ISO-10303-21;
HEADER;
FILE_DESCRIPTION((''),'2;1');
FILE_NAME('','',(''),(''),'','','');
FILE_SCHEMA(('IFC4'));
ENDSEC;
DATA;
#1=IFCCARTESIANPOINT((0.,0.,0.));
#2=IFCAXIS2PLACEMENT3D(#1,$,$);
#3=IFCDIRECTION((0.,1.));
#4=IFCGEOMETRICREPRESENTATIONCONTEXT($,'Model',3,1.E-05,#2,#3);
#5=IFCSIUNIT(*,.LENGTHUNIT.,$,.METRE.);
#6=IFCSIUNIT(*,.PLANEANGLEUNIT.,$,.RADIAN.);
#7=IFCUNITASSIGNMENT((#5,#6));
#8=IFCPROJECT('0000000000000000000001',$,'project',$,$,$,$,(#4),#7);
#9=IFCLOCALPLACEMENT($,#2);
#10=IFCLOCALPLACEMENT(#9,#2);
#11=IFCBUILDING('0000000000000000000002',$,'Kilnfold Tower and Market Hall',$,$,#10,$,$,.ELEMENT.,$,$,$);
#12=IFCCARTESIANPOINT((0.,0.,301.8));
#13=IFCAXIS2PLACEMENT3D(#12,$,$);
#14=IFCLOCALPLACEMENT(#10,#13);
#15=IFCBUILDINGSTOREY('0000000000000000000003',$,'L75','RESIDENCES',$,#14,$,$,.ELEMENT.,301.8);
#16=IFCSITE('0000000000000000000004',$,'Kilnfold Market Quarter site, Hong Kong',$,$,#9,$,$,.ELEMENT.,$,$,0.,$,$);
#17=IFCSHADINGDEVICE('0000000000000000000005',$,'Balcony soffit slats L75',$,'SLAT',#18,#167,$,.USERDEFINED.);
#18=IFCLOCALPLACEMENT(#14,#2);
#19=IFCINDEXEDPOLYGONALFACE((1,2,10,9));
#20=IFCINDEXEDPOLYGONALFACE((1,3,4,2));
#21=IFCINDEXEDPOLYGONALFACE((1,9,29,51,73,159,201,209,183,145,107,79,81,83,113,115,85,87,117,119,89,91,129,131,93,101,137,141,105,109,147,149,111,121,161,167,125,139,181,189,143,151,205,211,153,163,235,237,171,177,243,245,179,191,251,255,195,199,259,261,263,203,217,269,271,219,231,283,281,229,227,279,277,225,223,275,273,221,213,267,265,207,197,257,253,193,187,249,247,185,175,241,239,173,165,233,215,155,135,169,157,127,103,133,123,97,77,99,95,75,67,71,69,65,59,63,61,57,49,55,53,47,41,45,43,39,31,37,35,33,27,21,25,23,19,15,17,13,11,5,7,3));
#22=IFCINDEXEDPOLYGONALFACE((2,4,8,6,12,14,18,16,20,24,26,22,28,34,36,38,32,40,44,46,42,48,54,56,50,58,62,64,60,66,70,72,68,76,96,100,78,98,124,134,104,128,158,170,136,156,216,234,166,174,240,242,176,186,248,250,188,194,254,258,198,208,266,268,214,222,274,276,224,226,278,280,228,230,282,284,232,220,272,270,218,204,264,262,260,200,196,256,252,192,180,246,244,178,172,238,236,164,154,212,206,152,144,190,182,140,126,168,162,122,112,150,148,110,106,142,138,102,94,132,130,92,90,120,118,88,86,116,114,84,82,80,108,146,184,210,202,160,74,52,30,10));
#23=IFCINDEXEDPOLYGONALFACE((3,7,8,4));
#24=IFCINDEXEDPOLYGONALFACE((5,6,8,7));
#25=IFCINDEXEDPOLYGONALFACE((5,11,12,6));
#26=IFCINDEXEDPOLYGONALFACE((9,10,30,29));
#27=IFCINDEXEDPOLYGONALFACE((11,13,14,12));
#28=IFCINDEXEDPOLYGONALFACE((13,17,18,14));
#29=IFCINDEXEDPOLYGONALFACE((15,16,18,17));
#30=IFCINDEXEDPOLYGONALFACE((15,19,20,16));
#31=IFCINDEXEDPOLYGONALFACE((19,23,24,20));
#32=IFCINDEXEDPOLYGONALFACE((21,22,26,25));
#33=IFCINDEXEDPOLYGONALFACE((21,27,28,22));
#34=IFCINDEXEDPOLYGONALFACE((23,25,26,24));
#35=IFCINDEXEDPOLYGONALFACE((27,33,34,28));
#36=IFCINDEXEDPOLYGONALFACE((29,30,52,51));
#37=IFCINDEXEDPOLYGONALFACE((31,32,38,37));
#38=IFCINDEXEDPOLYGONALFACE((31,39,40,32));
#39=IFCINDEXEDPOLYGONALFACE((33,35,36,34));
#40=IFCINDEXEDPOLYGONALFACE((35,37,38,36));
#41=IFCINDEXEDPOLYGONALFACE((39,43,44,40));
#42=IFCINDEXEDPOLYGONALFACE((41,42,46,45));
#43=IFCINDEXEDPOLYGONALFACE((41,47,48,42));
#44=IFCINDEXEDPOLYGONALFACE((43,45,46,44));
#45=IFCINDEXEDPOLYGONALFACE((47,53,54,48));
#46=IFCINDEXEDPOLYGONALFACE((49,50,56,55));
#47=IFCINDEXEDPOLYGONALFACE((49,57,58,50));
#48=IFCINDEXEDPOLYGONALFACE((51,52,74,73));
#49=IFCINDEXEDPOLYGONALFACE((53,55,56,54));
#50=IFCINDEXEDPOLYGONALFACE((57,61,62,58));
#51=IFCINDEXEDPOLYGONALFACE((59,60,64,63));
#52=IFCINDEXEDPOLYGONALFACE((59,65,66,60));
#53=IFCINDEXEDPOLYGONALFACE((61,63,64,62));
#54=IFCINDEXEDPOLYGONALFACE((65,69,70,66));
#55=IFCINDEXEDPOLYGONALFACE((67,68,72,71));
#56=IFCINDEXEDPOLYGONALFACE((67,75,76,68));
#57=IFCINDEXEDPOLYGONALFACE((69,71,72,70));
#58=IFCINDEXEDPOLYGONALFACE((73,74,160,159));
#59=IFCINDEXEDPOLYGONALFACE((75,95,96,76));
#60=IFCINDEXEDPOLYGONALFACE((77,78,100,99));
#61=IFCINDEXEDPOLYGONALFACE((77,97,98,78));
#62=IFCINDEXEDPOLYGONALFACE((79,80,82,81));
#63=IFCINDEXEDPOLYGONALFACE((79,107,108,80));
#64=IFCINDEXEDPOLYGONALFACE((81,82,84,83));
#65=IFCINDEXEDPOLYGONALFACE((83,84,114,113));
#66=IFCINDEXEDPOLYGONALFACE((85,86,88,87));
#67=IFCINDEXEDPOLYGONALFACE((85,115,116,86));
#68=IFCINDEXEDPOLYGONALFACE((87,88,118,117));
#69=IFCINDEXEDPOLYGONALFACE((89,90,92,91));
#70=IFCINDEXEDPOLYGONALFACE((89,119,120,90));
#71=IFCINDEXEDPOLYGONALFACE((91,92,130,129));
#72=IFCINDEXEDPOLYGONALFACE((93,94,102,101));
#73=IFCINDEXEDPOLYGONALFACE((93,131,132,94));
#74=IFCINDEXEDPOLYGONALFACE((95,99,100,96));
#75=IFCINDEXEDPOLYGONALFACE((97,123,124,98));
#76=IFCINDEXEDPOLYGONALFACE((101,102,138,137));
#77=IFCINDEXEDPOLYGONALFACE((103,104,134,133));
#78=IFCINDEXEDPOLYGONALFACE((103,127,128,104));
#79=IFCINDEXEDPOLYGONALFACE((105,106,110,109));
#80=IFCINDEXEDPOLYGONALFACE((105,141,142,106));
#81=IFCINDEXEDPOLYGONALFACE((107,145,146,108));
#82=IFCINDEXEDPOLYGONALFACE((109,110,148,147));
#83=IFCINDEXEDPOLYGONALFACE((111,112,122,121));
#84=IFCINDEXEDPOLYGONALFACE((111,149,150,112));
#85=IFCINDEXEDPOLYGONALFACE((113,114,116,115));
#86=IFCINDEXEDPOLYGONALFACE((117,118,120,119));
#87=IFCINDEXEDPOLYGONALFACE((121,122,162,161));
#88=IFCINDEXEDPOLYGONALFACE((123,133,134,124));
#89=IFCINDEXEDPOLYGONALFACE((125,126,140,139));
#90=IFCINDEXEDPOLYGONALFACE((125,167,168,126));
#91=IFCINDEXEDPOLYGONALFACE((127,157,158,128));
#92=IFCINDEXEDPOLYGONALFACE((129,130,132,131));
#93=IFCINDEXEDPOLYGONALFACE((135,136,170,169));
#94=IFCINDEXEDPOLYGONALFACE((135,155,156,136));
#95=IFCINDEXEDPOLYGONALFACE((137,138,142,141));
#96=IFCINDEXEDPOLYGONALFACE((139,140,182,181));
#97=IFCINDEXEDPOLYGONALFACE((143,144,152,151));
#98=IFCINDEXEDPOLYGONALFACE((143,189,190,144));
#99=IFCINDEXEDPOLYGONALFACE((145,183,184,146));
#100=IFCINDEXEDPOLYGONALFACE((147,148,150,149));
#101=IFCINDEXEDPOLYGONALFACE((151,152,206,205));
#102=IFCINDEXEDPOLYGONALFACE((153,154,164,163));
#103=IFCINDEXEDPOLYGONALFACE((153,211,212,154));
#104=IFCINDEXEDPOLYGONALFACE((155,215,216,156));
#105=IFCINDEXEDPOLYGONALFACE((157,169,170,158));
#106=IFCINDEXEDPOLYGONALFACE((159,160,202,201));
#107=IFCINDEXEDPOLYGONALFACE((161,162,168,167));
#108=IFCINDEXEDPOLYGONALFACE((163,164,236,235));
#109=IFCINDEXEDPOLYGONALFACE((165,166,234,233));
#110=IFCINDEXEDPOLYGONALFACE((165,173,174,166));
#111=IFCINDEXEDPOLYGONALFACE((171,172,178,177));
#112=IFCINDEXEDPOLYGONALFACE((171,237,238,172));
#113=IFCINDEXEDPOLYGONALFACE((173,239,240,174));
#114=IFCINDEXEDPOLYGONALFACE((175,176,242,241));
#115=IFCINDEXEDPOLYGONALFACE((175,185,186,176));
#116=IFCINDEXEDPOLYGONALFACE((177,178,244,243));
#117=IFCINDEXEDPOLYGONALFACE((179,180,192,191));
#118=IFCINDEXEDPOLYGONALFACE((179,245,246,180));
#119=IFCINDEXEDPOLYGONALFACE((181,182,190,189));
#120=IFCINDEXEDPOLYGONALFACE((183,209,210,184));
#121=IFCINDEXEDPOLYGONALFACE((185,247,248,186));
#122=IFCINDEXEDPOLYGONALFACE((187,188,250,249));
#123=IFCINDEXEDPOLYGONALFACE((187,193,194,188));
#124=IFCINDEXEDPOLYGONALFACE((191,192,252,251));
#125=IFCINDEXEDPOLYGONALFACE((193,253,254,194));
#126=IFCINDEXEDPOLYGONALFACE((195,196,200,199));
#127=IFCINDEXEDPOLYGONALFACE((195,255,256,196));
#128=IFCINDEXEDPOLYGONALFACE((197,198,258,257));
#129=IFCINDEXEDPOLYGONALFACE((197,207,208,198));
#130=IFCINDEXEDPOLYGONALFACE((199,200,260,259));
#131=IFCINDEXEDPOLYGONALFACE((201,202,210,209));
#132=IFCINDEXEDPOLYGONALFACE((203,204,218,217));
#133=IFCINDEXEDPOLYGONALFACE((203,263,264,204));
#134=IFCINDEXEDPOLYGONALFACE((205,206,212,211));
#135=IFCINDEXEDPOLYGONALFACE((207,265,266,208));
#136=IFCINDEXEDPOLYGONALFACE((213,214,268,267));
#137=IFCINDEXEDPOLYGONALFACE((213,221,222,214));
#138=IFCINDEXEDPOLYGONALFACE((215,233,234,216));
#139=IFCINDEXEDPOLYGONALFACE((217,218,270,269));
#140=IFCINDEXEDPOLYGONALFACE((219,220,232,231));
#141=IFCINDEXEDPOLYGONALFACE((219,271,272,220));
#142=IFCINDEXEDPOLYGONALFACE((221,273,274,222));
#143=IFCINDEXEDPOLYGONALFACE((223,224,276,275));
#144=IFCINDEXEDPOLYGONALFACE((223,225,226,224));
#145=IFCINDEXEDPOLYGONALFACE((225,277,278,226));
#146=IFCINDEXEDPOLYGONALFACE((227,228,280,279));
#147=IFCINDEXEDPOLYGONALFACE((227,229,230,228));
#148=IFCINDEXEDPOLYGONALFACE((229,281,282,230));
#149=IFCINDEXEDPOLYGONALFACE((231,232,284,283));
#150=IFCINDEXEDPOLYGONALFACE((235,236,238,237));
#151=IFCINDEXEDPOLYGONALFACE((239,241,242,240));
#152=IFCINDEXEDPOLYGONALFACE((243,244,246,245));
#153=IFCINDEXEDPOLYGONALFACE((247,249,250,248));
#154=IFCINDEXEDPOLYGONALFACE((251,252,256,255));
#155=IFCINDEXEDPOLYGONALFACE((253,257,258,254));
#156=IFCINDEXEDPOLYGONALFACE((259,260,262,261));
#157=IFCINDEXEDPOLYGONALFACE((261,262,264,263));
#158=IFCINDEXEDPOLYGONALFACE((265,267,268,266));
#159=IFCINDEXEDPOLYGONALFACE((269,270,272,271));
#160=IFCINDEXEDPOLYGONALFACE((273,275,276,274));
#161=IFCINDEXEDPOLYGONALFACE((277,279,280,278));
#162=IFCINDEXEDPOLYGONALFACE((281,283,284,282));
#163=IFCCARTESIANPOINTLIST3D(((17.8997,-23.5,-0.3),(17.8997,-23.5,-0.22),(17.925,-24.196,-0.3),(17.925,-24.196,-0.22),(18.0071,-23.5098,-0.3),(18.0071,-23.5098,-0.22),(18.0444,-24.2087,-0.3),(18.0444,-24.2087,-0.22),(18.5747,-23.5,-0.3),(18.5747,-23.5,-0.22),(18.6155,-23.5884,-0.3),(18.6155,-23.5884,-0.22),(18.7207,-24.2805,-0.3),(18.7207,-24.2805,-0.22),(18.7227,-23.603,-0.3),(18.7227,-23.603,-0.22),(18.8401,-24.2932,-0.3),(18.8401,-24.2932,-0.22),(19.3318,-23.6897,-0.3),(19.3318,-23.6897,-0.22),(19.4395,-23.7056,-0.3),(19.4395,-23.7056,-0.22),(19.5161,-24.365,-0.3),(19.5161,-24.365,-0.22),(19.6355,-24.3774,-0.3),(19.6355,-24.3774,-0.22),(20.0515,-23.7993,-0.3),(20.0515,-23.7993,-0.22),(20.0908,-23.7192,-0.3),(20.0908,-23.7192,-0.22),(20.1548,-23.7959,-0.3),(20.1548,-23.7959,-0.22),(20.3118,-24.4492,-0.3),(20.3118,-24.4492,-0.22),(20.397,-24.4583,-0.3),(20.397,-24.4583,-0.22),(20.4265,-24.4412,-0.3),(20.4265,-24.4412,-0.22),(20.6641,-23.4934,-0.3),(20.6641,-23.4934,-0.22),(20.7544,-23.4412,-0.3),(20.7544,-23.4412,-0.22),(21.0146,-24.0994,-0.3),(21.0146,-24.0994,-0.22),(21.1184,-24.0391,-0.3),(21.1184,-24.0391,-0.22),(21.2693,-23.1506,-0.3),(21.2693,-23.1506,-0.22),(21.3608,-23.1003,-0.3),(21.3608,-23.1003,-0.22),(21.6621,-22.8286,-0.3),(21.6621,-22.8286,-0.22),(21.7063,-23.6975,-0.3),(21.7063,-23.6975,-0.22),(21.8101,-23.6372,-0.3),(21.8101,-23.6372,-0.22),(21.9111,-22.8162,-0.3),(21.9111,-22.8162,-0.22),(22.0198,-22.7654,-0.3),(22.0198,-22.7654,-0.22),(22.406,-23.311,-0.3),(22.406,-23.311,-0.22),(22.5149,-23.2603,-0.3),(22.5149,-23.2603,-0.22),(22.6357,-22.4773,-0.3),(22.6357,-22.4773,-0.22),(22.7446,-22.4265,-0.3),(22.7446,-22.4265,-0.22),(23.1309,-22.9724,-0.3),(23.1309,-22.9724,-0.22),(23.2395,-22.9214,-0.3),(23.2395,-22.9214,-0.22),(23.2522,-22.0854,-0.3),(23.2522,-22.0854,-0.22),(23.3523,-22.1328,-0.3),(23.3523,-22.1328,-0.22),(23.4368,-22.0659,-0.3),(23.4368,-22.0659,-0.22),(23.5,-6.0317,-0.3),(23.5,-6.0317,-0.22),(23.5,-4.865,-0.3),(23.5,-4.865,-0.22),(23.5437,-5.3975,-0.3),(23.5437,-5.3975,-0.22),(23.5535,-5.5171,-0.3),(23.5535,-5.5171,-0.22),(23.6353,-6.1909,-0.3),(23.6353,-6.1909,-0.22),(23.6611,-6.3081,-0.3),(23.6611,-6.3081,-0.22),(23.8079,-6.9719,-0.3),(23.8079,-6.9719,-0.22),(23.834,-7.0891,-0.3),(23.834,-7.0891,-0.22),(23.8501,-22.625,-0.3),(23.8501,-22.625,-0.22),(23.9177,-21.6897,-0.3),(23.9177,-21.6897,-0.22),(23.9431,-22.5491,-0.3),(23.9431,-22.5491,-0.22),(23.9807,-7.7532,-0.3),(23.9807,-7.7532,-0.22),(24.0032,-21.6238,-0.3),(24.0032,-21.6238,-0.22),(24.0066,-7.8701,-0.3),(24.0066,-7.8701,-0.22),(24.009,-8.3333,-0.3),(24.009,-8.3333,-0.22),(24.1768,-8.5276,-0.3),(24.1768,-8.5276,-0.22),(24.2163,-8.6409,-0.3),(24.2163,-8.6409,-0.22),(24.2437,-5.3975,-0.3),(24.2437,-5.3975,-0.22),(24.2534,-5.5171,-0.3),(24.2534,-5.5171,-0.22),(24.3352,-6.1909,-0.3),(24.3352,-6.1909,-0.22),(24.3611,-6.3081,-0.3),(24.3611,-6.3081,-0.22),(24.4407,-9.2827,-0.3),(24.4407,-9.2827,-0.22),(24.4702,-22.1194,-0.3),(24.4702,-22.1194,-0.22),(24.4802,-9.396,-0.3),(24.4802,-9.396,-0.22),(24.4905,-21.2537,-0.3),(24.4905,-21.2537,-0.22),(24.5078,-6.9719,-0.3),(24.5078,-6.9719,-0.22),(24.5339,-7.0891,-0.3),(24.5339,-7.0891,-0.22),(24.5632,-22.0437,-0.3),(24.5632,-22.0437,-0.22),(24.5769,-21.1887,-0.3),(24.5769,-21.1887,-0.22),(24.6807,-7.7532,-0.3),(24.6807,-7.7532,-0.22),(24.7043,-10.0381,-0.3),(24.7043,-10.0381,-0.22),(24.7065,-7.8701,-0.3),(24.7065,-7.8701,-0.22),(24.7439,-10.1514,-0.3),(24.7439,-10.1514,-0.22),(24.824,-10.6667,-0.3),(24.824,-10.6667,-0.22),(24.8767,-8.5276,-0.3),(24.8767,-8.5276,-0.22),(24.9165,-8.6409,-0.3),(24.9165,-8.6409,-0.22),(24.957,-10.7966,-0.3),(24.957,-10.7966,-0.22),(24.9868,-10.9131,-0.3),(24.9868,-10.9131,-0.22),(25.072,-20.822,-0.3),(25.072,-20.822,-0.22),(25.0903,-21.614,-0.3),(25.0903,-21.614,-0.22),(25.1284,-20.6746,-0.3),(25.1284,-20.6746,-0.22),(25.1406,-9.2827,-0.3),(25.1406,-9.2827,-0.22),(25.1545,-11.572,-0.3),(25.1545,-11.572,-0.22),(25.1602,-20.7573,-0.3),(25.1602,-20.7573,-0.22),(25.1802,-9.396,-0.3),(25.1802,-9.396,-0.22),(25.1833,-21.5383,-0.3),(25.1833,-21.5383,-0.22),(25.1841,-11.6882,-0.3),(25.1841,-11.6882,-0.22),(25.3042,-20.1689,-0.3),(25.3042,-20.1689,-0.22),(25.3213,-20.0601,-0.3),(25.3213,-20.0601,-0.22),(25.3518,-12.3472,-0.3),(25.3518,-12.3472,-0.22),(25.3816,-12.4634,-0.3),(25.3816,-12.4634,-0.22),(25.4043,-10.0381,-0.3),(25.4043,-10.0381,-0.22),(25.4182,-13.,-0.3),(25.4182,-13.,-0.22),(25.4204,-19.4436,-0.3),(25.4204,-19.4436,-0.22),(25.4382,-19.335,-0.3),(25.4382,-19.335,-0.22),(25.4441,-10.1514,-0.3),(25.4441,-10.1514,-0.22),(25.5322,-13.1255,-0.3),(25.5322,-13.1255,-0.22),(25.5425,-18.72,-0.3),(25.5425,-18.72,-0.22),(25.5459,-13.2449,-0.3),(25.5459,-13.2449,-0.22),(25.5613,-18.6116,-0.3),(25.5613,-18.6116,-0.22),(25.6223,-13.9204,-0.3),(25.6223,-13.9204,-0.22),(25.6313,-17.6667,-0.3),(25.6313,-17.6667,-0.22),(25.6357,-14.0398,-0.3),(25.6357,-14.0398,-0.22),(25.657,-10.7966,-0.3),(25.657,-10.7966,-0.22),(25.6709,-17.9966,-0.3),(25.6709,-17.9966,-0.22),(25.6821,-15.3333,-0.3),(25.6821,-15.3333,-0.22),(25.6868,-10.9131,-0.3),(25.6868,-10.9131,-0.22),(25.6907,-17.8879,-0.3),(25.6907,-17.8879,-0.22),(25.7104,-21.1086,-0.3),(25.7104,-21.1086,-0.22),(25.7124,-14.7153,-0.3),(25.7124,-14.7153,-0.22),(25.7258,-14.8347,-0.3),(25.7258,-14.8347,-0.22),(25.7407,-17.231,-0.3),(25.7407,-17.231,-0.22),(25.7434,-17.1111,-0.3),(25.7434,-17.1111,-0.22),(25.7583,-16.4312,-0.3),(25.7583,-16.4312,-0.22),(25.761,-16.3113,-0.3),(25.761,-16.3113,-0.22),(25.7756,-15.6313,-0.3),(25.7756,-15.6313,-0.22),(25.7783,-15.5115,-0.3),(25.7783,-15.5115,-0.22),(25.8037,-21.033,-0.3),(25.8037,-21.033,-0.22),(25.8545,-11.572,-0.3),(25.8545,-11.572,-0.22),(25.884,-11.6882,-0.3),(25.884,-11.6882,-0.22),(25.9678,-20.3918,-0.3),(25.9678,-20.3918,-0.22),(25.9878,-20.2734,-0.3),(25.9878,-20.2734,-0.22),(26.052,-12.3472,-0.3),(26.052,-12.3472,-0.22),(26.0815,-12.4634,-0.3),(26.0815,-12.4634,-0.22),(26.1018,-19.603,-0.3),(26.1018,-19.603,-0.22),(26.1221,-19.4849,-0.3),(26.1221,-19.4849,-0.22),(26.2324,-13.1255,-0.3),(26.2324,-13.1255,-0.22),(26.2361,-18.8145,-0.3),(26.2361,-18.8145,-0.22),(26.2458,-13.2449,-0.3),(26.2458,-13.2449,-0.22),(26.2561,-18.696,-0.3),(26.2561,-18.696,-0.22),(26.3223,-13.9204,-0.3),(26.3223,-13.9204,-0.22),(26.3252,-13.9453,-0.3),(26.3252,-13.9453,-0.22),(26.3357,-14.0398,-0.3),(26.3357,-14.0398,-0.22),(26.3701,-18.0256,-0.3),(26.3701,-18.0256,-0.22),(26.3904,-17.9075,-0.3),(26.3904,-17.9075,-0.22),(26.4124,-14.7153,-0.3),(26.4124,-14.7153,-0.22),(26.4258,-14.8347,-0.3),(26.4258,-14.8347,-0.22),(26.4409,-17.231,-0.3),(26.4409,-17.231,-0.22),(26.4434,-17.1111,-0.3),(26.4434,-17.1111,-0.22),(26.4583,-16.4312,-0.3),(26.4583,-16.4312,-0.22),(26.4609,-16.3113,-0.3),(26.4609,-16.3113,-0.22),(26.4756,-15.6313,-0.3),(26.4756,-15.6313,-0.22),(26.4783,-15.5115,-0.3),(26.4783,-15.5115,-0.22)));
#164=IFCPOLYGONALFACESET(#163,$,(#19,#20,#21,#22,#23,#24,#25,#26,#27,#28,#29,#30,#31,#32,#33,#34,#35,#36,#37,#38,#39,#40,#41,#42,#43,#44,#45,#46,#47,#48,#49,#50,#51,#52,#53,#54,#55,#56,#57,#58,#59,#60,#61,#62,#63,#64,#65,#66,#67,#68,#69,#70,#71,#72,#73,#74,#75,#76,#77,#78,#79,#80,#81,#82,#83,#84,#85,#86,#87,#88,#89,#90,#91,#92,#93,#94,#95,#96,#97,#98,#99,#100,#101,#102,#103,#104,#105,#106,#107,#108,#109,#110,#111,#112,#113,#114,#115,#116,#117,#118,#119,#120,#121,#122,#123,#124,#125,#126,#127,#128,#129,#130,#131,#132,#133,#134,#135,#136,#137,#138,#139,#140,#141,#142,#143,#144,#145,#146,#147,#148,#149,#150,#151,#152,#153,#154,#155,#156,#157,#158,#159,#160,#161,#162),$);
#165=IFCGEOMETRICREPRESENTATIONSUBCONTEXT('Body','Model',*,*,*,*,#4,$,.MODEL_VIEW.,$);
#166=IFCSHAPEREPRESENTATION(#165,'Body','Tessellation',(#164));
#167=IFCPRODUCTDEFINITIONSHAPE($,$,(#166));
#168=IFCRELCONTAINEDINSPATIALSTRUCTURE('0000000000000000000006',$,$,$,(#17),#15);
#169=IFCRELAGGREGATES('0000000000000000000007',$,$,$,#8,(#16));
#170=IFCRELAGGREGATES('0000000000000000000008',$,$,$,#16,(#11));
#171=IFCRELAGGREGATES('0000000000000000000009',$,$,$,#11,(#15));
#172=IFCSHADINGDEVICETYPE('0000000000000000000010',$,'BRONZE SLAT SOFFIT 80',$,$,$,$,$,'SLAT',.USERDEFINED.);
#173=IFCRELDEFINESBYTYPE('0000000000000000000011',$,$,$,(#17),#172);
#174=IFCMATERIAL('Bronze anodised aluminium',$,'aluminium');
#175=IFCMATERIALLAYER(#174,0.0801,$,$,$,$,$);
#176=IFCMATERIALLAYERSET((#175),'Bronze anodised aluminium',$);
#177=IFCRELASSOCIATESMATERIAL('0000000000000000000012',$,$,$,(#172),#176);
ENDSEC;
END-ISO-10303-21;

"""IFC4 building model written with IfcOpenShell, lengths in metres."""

from ifc_helpers import new_model, si_unit, direction, frame, origin, place, context, subcontext, project, spatial, polyline, outline, extrude, source, transform, mapped, material, layer, layer_set, type_object, element, save


model = new_model("IFC4")

# Units and contexts
model_context = context("Model", 3, precision=1e-05, world=origin(), true_north=direction((0.0, 1.0)))
body_context = subcontext(model_context, "Body", "Model", "MODEL_VIEW")
ifc_project = project(units=[si_unit("LENGTHUNIT", "METRE"), si_unit("PLANEANGLEUNIT", "RADIAN")], contexts=[model_context])

# Site, building, storey
site_placement = place(None, origin())
site = spatial("IfcSite", under=ifc_project, at=site_placement, Name="Kilnfold Market Quarter site, Hong Kong", CompositionType="ELEMENT", RefElevation=0.0)
building_placement = place(site_placement, origin())
building = spatial("IfcBuilding", under=site, at=building_placement, Name="Kilnfold Tower and Market Hall", CompositionType="ELEMENT")
storey_placement = place(building_placement, frame((0.0, 0.0, 301.8)))
storey = spatial("IfcBuildingStorey", under=building, at=storey_placement, Name="L75", Description="RESIDENCES", CompositionType="ELEMENT", Elevation=301.8)

# Shading device
ifc_material_1 = material(Name="Bronze anodised aluminium", Category="aluminium")
ifc_layer_1 = layer(ifc_material_1, 0.0801)
ifc_layer_set_1 = layer_set([ifc_layer_1], Name="Bronze anodised aluminium")
shading_device_type = type_object("IfcShadingDeviceType", Name="BRONZE SLAT SOFFIT 80", ElementType="SLAT", PredefinedType="USERDEFINED", material=ifc_layer_set_1)
shared_shape_1 = source(origin(), body_context, "Body", "SweptSolid", [
    extrude(outline(polyline([(20.0908, -23.7192), (21.6621, -22.8286), (23.2522, -22.0854), (25.1284, -20.6746), (25.6313, -17.6667), (25.6821, -15.3333), (25.4182, -13.0), (24.824, -10.6667), (24.009, -8.3333), (23.5, -6.0317), (23.5, -4.865), (23.5437, -5.3975), (24.2437, -5.3975), (24.2534, -5.5171), (23.5535, -5.5171), (23.6353, -6.1909), (24.3352, -6.1909), (24.3611, -6.3081), (23.6611, -6.3081), (23.8079, -6.9719), (24.5078, -6.9719), (24.5339, -7.0891), (23.834, -7.0891), (23.9807, -7.7532), (24.6807, -7.7532), (24.7065, -7.8701), (24.0066, -7.8701), (24.1768, -8.5276), (24.8767, -8.5276), (24.9165, -8.6409), (24.2163, -8.6409), (24.4407, -9.2827), (25.1406, -9.2827), (25.1802, -9.396), (24.4802, -9.396), (24.7043, -10.0381), (25.4043, -10.0381), (25.4441, -10.1514), (24.7439, -10.1514), (24.957, -10.7966), (25.657, -10.7966), (25.6868, -10.9131), (24.9868, -10.9131), (25.1545, -11.572), (25.8545, -11.572), (25.884, -11.6882), (25.1841, -11.6882), (25.3518, -12.3472), (26.052, -12.3472), (26.0815, -12.4634), (25.3816, -12.4634), (25.5322, -13.1255), (26.2324, -13.1255), (26.2458, -13.2449), (25.5459, -13.2449), (25.6223, -13.9204), (26.3223, -13.9204), (26.3252, -13.9453), (26.3357, -14.0398), (25.6357, -14.0398), (25.7124, -14.7153), (26.4124, -14.7153), (26.4258, -14.8347), (25.7258, -14.8347), (25.7783, -15.5115), (26.4783, -15.5115), (26.4756, -15.6313), (25.7756, -15.6313), (25.761, -16.3113), (26.4609, -16.3113), (26.4583, -16.4312), (25.7583, -16.4312), (25.7434, -17.1111), (26.4434, -17.1111), (26.4409, -17.231), (25.7407, -17.231), (25.6907, -17.8879), (26.3904, -17.9075), (26.3701, -18.0256), (25.6709, -17.9966), (25.5613, -18.6116), (26.2561, -18.696), (26.2361, -18.8145), (25.5425, -18.72), (25.4382, -19.335), (26.1221, -19.4849), (26.1018, -19.603), (25.4204, -19.4436), (25.3213, -20.0601), (25.9878, -20.2734), (25.9678, -20.3918), (25.3042, -20.1689), (25.1602, -20.7573), (25.8037, -21.033), (25.7104, -21.1086), (25.072, -20.822), (24.5769, -21.1887), (25.1833, -21.5383), (25.0903, -21.614), (24.4905, -21.2537), (24.0032, -21.6238), (24.5632, -22.0437), (24.4702, -22.1194), (23.9177, -21.6897), (23.4368, -22.0659), (23.9431, -22.5491), (23.8501, -22.625), (23.3523, -22.1328), (22.7446, -22.4265), (23.2395, -22.9214), (23.1309, -22.9724), (22.6357, -22.4773), (22.0198, -22.7654), (22.5149, -23.2603), (22.406, -23.311), (21.9111, -22.8162), (21.3608, -23.1003), (21.8101, -23.6372), (21.7063, -23.6975), (21.2693, -23.1506), (20.7544, -23.4412), (21.1184, -24.0391), (21.0146, -24.0994), (20.6641, -23.4934), (20.1548, -23.7959), (20.4265, -24.4412), (20.397, -24.4583), (20.3118, -24.4492), (20.0515, -23.7993), (19.4395, -23.7056), (19.6355, -24.3774), (19.5161, -24.365), (19.3318, -23.6897), (18.7227, -23.603), (18.8401, -24.2932), (18.7207, -24.2805), (18.6155, -23.5884), (18.0071, -23.5098), (18.0444, -24.2087), (17.925, -24.196), (17.8997, -23.5), (18.5747, -23.5), (20.0908, -23.7192)])), origin(), (0.0, 0.0, 1.0), 0.0801),
])
shading_device_placement = place(storey_placement, frame((0.0, 0.0, -0.3)))
element("IfcShadingDevice", 1, at=shading_device_placement, inside=storey, type_object=shading_device_type, Name="Balcony soffit slats L75", ObjectType="SLAT", PredefinedType="USERDEFINED", context=body_context, shape_type="MappedRepresentation", body=[
    mapped(shared_shape_1, transform((0.0, 0.0, 0.0))),
])

save(model, "model.ifc")
